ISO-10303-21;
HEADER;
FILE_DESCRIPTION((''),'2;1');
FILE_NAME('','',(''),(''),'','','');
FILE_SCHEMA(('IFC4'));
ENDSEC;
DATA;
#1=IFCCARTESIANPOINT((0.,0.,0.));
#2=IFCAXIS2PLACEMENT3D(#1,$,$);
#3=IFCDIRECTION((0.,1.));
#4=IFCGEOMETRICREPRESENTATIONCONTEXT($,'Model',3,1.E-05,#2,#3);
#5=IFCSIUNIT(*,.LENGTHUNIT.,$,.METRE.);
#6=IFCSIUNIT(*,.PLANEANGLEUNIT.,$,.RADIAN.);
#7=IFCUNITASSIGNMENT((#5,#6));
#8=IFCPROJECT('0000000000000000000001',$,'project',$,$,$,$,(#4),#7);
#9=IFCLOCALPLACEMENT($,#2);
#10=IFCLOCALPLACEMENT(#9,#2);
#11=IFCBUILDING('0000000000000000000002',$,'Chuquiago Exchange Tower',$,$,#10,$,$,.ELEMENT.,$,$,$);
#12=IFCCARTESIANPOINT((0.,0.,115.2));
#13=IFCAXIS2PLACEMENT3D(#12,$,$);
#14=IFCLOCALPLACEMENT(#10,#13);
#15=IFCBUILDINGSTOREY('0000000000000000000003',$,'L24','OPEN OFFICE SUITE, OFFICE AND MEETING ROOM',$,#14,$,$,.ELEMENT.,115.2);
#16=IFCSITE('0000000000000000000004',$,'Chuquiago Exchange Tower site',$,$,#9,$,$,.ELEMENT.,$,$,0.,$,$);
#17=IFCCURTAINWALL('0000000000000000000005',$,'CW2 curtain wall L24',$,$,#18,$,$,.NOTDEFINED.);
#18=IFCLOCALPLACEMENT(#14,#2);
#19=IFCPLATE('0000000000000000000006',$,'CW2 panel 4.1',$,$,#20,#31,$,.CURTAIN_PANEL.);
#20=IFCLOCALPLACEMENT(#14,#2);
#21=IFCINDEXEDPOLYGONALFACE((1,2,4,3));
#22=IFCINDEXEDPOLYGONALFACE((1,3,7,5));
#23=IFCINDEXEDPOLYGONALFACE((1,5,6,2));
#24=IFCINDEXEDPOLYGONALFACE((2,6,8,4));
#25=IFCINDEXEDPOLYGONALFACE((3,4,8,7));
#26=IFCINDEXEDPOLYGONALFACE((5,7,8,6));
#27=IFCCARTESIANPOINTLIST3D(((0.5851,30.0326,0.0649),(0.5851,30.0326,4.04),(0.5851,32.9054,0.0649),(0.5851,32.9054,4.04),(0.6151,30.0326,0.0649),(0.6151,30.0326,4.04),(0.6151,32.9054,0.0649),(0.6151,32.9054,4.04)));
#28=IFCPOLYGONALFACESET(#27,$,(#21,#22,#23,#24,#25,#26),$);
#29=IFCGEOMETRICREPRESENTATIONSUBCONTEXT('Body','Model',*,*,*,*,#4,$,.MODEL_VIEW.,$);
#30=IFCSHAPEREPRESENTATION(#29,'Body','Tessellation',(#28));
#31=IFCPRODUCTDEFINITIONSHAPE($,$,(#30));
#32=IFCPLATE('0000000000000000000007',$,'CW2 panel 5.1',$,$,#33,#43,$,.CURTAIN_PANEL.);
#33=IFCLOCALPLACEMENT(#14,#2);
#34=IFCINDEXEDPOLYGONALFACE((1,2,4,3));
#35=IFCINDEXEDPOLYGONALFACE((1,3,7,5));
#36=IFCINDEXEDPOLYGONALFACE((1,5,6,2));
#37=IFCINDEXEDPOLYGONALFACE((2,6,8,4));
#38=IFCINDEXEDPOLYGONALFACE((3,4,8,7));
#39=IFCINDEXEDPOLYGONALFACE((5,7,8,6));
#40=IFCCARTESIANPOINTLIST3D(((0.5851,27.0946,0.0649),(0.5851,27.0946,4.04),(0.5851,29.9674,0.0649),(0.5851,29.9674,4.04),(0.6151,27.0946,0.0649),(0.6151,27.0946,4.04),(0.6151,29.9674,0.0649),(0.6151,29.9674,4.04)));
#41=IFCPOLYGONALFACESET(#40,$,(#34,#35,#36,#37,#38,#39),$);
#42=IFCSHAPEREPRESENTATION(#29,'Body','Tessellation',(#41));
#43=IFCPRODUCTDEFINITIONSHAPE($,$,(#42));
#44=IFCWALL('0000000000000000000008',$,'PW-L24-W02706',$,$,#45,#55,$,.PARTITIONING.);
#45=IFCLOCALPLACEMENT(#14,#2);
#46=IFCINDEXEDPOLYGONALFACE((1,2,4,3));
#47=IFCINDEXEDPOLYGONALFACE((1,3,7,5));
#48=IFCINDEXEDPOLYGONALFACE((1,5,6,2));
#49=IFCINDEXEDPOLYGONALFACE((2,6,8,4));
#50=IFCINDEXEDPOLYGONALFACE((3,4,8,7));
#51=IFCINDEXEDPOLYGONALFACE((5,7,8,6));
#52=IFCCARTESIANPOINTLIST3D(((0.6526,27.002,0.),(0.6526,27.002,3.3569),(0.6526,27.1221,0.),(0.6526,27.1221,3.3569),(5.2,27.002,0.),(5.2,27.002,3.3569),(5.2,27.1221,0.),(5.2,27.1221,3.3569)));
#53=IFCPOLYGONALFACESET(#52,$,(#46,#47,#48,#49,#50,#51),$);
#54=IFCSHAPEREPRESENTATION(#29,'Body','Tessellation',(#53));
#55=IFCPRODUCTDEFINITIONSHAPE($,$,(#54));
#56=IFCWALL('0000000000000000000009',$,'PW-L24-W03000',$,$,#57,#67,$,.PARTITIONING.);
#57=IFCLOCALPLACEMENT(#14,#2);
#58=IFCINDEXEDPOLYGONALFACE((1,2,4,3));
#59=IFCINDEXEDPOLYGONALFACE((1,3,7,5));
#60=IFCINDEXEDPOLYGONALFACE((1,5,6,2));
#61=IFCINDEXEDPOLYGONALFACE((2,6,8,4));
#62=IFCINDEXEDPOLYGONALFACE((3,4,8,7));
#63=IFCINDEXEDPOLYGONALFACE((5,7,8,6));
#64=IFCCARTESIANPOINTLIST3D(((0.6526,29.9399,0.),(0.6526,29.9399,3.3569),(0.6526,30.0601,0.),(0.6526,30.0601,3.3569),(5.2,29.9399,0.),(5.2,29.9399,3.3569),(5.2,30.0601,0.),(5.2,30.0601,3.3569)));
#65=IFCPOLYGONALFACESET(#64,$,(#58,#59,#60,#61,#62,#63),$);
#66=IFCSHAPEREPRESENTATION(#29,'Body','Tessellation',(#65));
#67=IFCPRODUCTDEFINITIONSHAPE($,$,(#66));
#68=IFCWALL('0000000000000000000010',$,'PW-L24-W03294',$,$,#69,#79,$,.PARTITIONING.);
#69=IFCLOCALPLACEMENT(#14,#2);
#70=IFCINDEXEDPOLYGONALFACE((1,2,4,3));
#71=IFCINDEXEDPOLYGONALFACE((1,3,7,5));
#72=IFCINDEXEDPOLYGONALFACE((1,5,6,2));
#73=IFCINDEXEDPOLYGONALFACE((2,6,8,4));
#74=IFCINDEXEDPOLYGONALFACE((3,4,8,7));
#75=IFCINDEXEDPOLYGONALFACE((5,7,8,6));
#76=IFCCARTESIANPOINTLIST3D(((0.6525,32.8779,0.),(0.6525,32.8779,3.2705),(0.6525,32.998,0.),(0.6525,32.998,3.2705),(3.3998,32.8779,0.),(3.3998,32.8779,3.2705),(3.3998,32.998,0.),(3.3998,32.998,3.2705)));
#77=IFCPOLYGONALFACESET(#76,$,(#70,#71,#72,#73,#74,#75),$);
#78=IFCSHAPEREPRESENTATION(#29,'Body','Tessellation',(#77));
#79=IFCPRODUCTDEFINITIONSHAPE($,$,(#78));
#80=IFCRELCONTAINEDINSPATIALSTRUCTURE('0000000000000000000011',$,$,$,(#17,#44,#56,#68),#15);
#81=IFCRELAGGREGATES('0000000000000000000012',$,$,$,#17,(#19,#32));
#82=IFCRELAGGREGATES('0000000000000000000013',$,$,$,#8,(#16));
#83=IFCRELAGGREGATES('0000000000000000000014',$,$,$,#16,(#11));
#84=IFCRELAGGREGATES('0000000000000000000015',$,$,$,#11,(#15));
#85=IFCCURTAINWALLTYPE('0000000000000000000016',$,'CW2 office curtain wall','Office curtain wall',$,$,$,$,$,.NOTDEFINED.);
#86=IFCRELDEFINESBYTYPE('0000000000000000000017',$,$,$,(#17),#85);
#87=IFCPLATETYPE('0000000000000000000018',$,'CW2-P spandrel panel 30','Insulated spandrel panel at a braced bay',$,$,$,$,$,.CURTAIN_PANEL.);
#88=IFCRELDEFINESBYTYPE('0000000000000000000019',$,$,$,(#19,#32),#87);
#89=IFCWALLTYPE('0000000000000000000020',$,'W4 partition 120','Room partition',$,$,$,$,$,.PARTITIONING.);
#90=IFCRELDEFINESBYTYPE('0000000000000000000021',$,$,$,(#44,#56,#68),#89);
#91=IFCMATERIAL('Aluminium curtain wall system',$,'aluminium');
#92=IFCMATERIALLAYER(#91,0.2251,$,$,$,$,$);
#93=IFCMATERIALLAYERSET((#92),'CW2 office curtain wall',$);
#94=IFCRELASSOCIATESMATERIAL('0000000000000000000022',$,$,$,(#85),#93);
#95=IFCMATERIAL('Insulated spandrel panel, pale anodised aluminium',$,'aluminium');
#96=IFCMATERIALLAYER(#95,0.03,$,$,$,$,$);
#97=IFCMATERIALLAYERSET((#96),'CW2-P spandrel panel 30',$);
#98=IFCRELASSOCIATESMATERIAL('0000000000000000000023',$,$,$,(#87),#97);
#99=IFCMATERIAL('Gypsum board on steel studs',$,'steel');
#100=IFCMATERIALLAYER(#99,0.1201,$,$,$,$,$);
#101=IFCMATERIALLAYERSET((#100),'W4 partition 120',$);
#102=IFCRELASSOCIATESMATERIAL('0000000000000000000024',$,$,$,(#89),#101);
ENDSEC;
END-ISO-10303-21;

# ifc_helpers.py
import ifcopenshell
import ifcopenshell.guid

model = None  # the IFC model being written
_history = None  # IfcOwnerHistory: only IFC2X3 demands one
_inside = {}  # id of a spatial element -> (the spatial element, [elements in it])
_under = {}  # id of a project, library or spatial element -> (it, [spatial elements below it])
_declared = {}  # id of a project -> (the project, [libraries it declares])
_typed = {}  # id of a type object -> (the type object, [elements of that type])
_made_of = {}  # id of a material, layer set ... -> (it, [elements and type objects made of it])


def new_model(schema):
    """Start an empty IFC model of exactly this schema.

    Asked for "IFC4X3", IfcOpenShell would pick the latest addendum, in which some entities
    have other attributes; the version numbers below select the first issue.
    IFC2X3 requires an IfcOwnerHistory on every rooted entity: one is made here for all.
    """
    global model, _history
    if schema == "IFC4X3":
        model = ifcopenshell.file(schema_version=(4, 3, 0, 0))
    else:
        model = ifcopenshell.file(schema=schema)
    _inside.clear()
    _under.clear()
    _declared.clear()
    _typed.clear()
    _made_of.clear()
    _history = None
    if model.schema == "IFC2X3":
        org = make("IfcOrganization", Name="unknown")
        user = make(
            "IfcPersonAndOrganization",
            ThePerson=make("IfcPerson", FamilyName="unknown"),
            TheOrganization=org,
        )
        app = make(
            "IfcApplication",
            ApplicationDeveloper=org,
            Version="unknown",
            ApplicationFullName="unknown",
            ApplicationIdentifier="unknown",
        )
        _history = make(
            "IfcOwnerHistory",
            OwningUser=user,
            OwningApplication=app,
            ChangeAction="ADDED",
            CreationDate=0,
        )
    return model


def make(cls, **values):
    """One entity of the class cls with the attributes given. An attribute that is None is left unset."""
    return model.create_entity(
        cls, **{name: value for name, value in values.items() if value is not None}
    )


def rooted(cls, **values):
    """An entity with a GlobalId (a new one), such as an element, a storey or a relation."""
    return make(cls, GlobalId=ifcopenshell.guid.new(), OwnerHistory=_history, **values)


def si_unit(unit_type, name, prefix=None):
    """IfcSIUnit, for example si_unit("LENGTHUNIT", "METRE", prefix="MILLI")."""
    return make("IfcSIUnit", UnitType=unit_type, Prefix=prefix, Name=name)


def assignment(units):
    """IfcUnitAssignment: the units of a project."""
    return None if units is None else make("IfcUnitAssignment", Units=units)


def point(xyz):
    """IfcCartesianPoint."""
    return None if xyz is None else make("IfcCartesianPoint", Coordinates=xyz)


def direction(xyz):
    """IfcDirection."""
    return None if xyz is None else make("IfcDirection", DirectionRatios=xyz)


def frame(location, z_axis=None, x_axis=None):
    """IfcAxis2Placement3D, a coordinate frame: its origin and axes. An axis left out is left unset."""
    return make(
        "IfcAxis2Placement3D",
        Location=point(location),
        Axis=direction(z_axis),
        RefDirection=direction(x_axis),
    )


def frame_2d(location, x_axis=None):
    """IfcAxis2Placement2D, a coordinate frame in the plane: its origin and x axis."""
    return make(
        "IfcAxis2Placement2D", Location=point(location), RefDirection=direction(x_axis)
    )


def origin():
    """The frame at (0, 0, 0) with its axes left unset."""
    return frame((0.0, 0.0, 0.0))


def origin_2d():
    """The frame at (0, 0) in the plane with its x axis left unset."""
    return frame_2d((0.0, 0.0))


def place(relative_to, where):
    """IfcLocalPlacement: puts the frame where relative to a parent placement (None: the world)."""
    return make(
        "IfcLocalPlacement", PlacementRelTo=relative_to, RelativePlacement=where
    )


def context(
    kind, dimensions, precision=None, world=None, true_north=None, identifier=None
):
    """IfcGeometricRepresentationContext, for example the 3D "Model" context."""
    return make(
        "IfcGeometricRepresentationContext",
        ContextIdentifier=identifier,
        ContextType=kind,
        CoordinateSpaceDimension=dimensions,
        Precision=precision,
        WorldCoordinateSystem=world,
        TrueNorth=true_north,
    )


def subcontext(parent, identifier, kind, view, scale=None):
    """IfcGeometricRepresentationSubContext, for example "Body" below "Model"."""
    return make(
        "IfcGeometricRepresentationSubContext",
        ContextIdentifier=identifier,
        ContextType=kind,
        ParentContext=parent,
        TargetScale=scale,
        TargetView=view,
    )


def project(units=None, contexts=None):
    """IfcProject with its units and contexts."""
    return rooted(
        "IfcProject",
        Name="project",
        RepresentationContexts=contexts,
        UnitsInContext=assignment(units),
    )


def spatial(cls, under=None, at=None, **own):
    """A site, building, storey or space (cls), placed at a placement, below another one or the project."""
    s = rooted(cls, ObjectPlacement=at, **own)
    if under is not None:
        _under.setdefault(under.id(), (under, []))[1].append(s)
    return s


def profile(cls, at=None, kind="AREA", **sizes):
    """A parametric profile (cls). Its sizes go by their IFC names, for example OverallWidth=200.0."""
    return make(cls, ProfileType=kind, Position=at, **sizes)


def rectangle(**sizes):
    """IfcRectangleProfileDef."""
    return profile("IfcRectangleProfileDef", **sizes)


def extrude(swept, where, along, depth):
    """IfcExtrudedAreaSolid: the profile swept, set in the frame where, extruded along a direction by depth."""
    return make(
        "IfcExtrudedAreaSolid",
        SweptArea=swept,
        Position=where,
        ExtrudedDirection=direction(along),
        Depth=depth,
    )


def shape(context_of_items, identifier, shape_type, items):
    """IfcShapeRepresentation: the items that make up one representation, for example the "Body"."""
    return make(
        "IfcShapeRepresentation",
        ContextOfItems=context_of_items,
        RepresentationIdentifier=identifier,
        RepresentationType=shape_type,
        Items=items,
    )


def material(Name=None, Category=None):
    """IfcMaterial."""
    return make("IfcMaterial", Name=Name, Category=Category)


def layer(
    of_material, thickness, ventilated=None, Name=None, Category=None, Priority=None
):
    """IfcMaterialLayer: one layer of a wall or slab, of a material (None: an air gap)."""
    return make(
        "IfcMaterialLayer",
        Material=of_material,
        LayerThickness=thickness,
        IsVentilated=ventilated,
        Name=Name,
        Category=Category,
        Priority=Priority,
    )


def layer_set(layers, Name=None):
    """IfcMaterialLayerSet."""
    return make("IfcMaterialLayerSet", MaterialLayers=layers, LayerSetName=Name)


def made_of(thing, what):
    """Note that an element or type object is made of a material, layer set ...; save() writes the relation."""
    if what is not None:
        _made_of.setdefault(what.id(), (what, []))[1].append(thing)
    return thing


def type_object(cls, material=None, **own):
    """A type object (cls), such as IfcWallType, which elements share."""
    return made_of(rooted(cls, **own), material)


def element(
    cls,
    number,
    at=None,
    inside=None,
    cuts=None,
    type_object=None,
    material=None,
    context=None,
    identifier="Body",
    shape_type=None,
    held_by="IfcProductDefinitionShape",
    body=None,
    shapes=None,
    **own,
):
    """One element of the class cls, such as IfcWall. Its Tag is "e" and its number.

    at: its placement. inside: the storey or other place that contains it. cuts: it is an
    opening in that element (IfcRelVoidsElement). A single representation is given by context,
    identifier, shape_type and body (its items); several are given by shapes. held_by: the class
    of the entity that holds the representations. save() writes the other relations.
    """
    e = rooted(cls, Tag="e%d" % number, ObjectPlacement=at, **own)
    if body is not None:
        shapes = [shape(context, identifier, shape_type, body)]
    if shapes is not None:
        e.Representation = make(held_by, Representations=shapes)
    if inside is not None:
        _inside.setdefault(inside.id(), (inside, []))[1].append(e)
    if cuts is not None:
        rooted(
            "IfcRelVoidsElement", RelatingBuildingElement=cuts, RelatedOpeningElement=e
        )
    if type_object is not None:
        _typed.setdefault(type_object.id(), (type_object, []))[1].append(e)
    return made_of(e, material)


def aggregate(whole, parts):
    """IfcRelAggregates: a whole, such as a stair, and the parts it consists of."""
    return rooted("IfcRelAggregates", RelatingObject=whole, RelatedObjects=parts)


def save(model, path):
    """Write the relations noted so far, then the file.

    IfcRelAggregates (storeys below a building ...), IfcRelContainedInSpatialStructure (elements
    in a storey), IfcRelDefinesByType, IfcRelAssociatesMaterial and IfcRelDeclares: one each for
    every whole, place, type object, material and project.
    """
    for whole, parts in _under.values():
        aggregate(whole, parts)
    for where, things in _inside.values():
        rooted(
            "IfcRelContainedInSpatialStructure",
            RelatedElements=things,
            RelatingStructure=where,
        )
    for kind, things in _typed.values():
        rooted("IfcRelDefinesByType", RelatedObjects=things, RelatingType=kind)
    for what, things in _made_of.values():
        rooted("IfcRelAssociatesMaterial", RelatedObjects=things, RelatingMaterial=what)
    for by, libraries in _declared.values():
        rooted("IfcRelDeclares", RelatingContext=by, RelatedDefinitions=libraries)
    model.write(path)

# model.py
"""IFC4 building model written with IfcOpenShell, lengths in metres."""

from ifc_helpers import new_model, si_unit, direction, frame, frame_2d, origin, origin_2d, place, context, subcontext, project, spatial, rectangle, extrude, material, layer, layer_set, type_object, element, aggregate, save


model = new_model("IFC4")

# Units and contexts
model_context = context("Model", 3, precision=1e-05, world=origin(), true_north=direction((0.0, 1.0)))
body_context = subcontext(model_context, "Body", "Model", "MODEL_VIEW")
ifc_project = project(units=[si_unit("LENGTHUNIT", "METRE"), si_unit("PLANEANGLEUNIT", "RADIAN")], contexts=[model_context])

# Site, building, storey
site_placement = place(None, origin())
site = spatial("IfcSite", under=ifc_project, at=site_placement, Name="Chuquiago Exchange Tower site", CompositionType="ELEMENT", RefElevation=0.0)
building_placement = place(site_placement, origin())
building = spatial("IfcBuilding", under=site, at=building_placement, Name="Chuquiago Exchange Tower", CompositionType="ELEMENT")
storey_placement = place(building_placement, frame((0.0, 0.0, 115.2)))
storey = spatial("IfcBuildingStorey", under=building, at=storey_placement, Name="L24", Description="OPEN OFFICE SUITE, OFFICE AND MEETING ROOM", CompositionType="ELEMENT", Elevation=115.2)

# Curtain wall
ifc_material_1 = material(Name="Aluminium curtain wall system", Category="aluminium")
ifc_layer_1 = layer(ifc_material_1, 0.2251)
ifc_layer_set_1 = layer_set([ifc_layer_1], Name="CW2 office curtain wall")
curtain_wall_type = type_object("IfcCurtainWallType", Name="CW2 office curtain wall", Description="Office curtain wall", PredefinedType="NOTDEFINED", material=ifc_layer_set_1)
curtain_wall_placement = place(storey_placement, origin())
curtain_wall = element("IfcCurtainWall", 1, at=curtain_wall_placement, inside=storey, type_object=curtain_wall_type, Name="CW2 curtain wall L24", PredefinedType="NOTDEFINED")

# Plates
ifc_material_2 = material(Name="Insulated spandrel panel, pale anodised aluminium", Category="aluminium")
ifc_layer_2 = layer(ifc_material_2, 0.03)
ifc_layer_set_2 = layer_set([ifc_layer_2], Name="CW2-P spandrel panel 30")
plate_type = type_object("IfcPlateType", Name="CW2-P spandrel panel 30", Description="Insulated spandrel panel at a braced bay", PredefinedType="CURTAIN_PANEL", material=ifc_layer_set_2)
plate_1_placement = place(storey_placement, frame((0.6001, 31.469, 0.0649), z_axis=(0.0, 0.0, 1.0), x_axis=(0.0, -1.0, 0.0)))
plate_1 = element("IfcPlate", 2, at=plate_1_placement, type_object=plate_type, Name="CW2 panel 4.1", PredefinedType="CURTAIN_PANEL", context=body_context, shape_type="SweptSolid", body=[
    extrude(rectangle(XDim=2.8728, YDim=0.03, at=origin_2d()), origin(), (0.0, 0.0, 1.0), 3.9751),
])
plate_2_placement = place(storey_placement, frame((0.6001, 28.531, 0.0649), z_axis=(0.0, 0.0, 1.0), x_axis=(0.0, -1.0, 0.0)))
plate_2 = element("IfcPlate", 3, at=plate_2_placement, type_object=plate_type, Name="CW2 panel 5.1", PredefinedType="CURTAIN_PANEL", context=body_context, shape_type="SweptSolid", body=[
    extrude(rectangle(XDim=2.8728, YDim=0.03, at=origin_2d()), origin(), (0.0, 0.0, 1.0), 3.9751),
])
aggregate(curtain_wall, [plate_1, plate_2])

# Walls
ifc_material_3 = material(Name="Gypsum board on steel studs", Category="steel")
ifc_layer_3 = layer(ifc_material_3, 0.1201)
ifc_layer_set_3 = layer_set([ifc_layer_3], Name="W4 partition 120")
wall_type = type_object("IfcWallType", Name="W4 partition 120", Description="Room partition", PredefinedType="PARTITIONING", material=ifc_layer_set_3)
for number, where, z_axis, x_axis, name in (
    (4, (0.6526, 27.062, 0.0), (0.0, 0.0, 1.0), (1.0, 0.0, 0.0), "PW-L24-W02706"),
    (5, (0.6526, 30.0, 0.0), (0.0, 0.0, 1.0), (1.0, 0.0, 0.0), "PW-L24-W03000"),
):
    element("IfcWall", number, at=place(storey_placement, frame(where, z_axis=z_axis, x_axis=x_axis)), inside=storey, type_object=wall_type, Name=name, PredefinedType="PARTITIONING", context=body_context, shape_type="SweptSolid", body=[
        extrude(rectangle(XDim=4.5474, YDim=0.1201, at=frame_2d((2.2737, 0.0))), origin(), (0.0, 0.0, 1.0), 3.3569),
    ])
wall_1_placement = place(storey_placement, frame((0.6526, 32.938, 0.0), z_axis=(0.0, 0.0, 1.0), x_axis=(1.0, 0.0, 0.0)))
element("IfcWall", 6, at=wall_1_placement, inside=storey, type_object=wall_type, Name="PW-L24-W03294", PredefinedType="PARTITIONING", context=body_context, shape_type="SweptSolid", body=[
    extrude(rectangle(XDim=2.7473, YDim=0.1201, at=frame_2d((1.3735, 0.0))), origin(), (0.0, 0.0, 1.0), 3.2705),
])

save(model, "model.ifc")
